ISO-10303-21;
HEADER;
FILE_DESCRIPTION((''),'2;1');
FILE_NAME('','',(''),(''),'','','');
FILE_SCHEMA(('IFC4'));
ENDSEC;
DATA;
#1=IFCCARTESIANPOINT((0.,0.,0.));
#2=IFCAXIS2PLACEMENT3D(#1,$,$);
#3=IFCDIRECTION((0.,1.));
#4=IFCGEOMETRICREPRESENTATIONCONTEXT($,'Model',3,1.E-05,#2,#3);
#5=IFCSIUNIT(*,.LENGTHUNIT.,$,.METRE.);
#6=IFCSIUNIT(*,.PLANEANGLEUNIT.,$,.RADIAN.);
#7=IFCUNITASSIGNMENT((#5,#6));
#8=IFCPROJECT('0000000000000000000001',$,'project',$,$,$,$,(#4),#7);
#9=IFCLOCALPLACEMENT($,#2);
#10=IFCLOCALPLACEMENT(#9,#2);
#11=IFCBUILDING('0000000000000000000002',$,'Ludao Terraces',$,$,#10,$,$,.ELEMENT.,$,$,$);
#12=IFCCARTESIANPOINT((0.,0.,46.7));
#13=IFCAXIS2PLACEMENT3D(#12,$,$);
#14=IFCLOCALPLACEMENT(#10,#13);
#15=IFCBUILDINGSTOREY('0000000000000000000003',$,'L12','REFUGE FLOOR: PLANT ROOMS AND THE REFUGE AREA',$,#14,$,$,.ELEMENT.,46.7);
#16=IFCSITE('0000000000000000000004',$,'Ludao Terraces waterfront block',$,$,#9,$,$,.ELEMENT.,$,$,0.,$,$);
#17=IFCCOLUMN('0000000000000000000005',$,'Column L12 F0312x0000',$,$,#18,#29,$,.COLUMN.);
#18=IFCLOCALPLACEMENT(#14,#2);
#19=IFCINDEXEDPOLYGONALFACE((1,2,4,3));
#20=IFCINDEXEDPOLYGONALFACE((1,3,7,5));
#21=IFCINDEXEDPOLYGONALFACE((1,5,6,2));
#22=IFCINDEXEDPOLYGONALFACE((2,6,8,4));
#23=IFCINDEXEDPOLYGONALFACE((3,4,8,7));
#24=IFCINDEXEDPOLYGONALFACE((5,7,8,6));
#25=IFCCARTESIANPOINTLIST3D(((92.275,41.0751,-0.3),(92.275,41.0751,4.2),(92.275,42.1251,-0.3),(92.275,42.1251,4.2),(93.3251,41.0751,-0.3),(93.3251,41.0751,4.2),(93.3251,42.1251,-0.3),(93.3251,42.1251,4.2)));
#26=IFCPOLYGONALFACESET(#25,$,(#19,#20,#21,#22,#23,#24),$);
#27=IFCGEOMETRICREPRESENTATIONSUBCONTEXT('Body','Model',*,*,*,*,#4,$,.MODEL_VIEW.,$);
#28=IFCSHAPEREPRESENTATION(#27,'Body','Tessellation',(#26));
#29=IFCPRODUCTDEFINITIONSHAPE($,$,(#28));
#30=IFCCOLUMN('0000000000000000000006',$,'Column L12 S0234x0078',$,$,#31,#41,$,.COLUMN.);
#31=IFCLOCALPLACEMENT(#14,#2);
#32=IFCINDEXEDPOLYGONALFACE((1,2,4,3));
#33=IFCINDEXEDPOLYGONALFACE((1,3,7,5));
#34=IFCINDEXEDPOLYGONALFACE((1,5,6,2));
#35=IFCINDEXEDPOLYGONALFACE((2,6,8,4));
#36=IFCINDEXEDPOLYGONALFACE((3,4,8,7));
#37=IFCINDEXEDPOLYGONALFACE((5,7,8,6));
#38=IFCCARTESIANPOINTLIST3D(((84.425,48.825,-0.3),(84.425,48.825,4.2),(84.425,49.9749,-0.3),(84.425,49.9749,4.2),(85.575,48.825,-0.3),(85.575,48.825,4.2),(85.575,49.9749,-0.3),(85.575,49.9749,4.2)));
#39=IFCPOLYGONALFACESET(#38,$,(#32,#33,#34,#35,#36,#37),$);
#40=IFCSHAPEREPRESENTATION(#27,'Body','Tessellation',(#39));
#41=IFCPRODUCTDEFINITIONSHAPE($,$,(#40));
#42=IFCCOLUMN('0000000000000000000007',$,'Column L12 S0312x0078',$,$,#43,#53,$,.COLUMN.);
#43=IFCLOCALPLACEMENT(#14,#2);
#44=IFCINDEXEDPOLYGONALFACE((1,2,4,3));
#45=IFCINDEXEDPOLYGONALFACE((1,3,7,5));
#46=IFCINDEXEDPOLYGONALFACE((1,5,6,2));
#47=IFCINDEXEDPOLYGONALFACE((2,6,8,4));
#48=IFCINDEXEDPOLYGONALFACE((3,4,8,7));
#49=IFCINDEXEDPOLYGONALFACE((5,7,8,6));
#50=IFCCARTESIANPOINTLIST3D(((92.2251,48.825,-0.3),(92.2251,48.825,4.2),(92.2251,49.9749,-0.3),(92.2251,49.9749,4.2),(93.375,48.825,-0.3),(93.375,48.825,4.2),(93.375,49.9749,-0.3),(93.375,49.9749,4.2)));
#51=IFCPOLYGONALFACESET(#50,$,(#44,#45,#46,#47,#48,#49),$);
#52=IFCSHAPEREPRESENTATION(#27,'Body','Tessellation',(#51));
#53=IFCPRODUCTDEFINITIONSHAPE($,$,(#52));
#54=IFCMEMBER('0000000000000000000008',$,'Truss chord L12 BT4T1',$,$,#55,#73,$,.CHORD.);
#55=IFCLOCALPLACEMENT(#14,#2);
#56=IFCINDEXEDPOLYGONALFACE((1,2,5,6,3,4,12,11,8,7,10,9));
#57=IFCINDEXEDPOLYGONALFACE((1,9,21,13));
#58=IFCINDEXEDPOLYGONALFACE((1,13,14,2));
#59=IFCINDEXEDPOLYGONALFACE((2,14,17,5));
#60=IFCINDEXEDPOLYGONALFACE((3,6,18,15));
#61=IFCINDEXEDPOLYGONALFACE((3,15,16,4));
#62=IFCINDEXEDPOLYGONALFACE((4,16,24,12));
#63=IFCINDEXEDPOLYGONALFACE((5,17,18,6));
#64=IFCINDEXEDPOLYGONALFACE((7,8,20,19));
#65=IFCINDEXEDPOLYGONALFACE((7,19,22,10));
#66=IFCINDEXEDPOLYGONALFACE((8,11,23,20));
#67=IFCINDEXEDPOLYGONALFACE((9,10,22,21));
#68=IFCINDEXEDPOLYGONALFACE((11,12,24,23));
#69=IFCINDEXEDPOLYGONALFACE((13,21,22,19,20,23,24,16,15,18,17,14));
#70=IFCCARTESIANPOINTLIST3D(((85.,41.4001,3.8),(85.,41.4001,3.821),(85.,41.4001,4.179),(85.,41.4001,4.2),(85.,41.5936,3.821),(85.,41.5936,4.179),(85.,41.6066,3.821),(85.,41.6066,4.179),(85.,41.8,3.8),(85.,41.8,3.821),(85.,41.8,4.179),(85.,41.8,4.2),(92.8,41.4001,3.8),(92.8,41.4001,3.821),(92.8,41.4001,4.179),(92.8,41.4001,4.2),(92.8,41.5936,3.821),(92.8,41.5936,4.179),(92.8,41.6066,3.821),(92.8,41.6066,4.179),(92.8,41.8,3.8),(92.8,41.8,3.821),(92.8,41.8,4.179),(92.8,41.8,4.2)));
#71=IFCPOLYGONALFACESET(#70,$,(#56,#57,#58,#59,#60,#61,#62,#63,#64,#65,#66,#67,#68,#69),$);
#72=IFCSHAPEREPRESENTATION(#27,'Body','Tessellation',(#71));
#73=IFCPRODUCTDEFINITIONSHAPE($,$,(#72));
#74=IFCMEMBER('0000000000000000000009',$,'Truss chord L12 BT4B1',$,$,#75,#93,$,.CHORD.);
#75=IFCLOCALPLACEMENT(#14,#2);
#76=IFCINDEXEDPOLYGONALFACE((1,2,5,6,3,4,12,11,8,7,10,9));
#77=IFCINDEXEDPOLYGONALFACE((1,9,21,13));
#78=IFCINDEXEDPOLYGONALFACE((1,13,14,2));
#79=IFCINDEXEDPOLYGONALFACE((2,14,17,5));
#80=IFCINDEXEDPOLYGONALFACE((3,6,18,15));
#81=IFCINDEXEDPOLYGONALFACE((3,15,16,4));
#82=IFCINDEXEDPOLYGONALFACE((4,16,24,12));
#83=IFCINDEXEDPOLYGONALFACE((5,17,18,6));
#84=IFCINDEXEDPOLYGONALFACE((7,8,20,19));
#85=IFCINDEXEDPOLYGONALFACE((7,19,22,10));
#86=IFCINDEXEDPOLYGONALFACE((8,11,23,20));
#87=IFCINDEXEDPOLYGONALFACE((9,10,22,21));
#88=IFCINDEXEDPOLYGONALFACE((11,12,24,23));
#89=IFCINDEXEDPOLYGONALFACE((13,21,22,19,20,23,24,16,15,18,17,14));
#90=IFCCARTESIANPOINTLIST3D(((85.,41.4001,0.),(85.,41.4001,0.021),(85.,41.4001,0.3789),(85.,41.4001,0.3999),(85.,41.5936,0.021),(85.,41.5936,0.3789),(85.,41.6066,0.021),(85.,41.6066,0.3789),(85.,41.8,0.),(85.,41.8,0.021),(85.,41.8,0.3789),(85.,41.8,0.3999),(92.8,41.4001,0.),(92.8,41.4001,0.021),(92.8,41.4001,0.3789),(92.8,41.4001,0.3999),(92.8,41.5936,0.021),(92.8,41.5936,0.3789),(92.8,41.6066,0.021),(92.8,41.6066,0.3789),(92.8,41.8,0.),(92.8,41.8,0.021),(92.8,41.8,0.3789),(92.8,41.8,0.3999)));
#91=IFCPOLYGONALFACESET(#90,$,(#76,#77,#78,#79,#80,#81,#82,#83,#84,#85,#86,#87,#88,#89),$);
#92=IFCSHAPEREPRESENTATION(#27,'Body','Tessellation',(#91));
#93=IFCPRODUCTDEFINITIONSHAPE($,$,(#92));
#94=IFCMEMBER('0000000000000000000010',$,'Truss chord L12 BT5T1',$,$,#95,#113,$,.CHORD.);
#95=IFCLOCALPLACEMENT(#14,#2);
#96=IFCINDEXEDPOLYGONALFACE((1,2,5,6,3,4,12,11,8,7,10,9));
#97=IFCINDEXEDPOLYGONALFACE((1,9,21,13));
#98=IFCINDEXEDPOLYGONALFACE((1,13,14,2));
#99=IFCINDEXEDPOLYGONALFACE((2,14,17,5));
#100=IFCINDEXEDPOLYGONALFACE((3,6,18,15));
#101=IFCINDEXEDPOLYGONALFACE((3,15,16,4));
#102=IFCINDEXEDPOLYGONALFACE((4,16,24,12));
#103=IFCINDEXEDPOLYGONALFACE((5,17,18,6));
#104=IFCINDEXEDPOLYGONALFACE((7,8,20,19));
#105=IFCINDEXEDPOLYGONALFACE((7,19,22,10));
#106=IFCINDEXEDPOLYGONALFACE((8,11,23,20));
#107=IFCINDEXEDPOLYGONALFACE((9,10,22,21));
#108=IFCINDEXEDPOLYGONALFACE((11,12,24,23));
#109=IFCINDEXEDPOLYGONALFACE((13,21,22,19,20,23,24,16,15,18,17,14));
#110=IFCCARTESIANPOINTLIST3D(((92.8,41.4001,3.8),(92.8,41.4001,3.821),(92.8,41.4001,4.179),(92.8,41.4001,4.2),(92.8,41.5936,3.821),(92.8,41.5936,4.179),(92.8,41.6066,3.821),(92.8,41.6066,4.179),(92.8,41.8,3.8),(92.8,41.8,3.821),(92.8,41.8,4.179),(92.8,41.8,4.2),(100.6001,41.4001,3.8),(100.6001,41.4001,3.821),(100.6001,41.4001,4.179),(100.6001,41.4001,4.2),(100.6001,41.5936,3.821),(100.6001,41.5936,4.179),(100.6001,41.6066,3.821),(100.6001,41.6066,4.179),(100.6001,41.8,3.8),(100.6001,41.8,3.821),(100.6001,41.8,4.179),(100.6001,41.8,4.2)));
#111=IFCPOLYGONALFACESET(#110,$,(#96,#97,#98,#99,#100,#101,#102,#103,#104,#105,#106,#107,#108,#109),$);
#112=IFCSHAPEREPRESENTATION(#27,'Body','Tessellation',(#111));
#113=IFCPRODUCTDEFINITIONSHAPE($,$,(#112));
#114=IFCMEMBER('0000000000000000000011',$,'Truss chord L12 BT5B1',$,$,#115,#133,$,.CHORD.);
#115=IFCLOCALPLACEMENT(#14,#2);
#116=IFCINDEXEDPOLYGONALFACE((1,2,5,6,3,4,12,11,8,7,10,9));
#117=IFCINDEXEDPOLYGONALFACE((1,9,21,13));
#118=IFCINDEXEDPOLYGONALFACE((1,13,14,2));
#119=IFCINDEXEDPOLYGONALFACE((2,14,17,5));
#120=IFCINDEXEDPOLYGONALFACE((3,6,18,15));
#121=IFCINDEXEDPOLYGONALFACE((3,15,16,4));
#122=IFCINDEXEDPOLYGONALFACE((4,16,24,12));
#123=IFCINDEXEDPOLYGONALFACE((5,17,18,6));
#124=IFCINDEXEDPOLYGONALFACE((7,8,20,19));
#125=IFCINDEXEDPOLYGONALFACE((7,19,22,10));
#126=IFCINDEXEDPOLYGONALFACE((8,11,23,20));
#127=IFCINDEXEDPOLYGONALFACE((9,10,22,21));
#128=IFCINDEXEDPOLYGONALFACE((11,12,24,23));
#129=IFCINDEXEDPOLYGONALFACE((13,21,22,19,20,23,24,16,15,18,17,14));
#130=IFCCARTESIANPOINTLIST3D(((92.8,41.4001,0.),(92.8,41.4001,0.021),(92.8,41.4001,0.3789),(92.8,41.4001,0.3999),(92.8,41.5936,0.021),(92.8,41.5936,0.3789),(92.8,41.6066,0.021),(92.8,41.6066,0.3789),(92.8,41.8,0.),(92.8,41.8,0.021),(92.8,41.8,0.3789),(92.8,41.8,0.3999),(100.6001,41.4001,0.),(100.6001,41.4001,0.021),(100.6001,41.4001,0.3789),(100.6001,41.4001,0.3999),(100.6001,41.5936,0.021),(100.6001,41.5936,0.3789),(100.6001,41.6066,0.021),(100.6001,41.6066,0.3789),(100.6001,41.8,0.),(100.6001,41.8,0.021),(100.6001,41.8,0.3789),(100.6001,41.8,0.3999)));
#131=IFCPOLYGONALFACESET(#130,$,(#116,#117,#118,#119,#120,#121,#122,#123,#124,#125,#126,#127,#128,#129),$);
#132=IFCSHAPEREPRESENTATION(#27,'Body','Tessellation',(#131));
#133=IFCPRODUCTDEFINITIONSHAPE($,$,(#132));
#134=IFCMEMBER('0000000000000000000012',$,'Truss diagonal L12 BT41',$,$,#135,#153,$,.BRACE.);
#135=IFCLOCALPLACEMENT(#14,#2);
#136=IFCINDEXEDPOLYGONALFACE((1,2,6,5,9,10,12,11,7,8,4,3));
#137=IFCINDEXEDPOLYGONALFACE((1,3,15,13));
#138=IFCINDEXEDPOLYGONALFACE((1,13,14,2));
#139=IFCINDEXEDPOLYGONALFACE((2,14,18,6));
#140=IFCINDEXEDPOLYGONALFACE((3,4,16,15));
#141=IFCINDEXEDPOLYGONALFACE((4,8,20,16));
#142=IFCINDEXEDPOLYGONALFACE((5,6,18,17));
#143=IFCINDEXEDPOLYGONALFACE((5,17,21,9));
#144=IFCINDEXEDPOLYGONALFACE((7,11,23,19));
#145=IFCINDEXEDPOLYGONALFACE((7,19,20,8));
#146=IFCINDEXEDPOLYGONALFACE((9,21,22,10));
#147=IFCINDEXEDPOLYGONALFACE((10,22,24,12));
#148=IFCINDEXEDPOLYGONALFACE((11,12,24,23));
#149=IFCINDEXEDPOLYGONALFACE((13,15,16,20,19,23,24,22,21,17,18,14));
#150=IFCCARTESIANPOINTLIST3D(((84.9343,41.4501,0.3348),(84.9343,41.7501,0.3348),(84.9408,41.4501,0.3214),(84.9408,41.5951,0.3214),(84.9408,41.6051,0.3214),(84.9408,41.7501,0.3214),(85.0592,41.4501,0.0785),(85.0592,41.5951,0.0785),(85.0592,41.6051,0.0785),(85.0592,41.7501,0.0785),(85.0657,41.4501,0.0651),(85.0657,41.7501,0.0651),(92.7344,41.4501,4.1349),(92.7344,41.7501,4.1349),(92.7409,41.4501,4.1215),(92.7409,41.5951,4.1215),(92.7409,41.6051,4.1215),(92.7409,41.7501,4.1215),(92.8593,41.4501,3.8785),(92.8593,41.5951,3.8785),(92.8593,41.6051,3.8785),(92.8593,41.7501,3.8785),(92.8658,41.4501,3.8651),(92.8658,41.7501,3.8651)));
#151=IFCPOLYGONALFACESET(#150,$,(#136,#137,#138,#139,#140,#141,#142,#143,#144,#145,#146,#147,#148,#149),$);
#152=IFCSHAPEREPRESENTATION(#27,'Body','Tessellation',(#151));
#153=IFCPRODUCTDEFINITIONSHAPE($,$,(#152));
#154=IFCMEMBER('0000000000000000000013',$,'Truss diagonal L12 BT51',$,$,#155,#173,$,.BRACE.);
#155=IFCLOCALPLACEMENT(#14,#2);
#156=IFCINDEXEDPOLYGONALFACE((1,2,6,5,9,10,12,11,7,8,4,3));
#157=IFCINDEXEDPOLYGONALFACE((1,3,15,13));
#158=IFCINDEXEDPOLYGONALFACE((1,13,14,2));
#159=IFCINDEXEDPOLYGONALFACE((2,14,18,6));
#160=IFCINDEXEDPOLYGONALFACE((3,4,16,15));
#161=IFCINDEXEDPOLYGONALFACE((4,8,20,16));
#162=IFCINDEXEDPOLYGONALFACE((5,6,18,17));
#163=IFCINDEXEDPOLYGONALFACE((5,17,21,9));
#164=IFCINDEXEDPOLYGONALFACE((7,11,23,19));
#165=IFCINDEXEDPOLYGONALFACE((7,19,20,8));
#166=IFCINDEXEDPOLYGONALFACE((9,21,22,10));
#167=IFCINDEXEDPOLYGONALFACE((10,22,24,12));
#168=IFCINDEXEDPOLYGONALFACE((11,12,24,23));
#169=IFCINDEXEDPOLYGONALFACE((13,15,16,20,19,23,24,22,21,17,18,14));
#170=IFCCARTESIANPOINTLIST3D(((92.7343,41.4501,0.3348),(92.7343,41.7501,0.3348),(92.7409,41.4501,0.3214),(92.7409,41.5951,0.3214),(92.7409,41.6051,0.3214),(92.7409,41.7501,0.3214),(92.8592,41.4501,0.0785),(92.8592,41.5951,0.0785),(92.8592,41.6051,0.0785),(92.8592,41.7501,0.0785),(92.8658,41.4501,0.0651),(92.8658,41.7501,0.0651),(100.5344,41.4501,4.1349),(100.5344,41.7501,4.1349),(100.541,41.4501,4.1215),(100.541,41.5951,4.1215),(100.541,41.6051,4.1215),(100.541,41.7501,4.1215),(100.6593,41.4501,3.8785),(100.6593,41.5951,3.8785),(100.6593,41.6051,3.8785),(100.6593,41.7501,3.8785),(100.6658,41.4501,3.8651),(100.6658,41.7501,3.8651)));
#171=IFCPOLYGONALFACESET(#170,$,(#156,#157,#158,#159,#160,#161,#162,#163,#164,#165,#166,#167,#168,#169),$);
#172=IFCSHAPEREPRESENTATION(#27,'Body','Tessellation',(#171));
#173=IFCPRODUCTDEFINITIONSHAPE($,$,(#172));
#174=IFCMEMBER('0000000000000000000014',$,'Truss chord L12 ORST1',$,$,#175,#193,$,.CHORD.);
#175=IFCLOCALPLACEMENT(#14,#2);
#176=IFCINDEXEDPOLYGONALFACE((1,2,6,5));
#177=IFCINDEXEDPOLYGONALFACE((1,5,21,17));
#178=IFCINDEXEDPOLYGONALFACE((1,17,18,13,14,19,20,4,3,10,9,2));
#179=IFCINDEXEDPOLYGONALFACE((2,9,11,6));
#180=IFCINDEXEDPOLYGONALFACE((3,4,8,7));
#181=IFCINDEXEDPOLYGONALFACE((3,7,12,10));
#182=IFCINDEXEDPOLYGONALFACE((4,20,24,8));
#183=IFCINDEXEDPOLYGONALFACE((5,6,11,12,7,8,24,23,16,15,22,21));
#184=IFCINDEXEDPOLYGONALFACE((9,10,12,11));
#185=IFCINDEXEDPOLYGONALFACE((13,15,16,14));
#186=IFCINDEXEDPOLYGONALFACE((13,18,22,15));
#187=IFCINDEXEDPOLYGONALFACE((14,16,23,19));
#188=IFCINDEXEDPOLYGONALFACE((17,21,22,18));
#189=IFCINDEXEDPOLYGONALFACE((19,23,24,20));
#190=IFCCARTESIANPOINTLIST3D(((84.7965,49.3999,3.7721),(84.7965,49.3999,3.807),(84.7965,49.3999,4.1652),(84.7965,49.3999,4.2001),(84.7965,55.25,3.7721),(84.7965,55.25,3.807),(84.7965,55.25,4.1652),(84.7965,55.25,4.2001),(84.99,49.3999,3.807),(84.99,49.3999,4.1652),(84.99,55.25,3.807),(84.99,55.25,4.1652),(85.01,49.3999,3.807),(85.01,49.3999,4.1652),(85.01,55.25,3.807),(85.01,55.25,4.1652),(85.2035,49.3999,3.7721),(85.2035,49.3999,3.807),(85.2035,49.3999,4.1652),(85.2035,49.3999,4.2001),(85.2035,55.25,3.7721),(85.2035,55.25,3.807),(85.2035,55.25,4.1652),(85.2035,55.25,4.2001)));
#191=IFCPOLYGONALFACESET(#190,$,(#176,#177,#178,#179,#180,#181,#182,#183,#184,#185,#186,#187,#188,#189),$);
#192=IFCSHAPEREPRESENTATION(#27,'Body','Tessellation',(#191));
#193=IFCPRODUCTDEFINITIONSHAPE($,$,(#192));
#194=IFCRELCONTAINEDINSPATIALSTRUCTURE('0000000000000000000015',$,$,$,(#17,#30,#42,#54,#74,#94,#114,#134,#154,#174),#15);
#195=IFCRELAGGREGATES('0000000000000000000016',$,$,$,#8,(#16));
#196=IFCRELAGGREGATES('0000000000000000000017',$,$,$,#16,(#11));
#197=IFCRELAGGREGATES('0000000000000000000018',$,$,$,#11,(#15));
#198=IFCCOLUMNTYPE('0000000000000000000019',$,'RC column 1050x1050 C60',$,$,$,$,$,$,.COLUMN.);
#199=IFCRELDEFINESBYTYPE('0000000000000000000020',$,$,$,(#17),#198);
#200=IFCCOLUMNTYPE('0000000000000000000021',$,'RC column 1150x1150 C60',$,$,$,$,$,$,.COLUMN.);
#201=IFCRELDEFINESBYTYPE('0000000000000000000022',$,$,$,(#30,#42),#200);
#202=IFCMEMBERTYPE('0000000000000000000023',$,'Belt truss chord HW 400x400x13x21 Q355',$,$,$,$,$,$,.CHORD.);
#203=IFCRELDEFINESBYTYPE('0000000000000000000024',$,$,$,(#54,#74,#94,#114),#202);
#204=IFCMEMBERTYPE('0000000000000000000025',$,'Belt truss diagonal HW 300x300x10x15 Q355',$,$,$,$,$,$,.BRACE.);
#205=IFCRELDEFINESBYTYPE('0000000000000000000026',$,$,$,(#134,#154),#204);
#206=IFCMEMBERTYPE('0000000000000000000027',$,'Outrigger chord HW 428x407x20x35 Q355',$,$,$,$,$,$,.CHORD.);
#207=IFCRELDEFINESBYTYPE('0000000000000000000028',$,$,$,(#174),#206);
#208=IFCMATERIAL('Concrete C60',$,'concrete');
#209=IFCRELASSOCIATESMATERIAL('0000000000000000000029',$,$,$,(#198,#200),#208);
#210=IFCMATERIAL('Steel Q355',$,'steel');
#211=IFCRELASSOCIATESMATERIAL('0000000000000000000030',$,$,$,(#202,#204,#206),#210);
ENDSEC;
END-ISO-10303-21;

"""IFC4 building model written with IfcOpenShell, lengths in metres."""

from ifc_helpers import new_model, si_unit, direction, frame, origin, origin_2d, place, context, subcontext, project, spatial, rectangle, i_section, extrude, material, material_profile, profile_set, type_object, element, save


model = new_model("IFC4")

# Units and contexts
model_context = context("Model", 3, precision=1e-05, world=origin(), true_north=direction((0.0, 1.0)))
body_context = subcontext(model_context, "Body", "Model", "MODEL_VIEW")
ifc_project = project(units=[si_unit("LENGTHUNIT", "METRE"), si_unit("PLANEANGLEUNIT", "RADIAN")], contexts=[model_context])

# Site, building, storey
site_placement = place(None, origin())
site = spatial("IfcSite", under=ifc_project, at=site_placement, Name="Ludao Terraces waterfront block", CompositionType="ELEMENT", RefElevation=0.0)
building_placement = place(site_placement, origin())
building = spatial("IfcBuilding", under=site, at=building_placement, Name="Ludao Terraces", CompositionType="ELEMENT")
storey_placement = place(building_placement, frame((0.0, 0.0, 46.7)))
storey = spatial("IfcBuildingStorey", under=building, at=storey_placement, Name="L12", Description="REFUGE FLOOR: PLANT ROOMS AND THE REFUGE AREA", CompositionType="ELEMENT", Elevation=46.7)

# Columns
ifc_material_1 = material(Name="Concrete C60", Category="concrete")
ifc_material_profile_1 = material_profile(ifc_material_1, rectangle(XDim=1.05, YDim=1.05, at=origin_2d()), Name="1050 X 1050")
ifc_profile_set_1 = profile_set([ifc_material_profile_1], Name="Concrete C60")
column_type_1 = type_object("IfcColumnType", Name="RC column 1050x1050 C60", PredefinedType="COLUMN", material=ifc_profile_set_1)
column_placement = place(storey_placement, frame((92.8, 41.6001, -0.3), z_axis=(0.0, 0.0, 1.0), x_axis=(1.0, 0.0, 0.0)))
element("IfcColumn", 1, at=column_placement, inside=storey, type_object=column_type_1, Name="Column L12 F0312x0000", PredefinedType="COLUMN", context=body_context, shape_type="SweptSolid", body=[
    extrude(rectangle(XDim=1.05, YDim=1.05, at=origin_2d()), origin(), (0.0, 0.0, 1.0), 4.5),
])
ifc_material_profile_2 = material_profile(ifc_material_1, rectangle(XDim=1.1499, YDim=1.1499, at=origin_2d()), Name="1150 X 1150")
ifc_profile_set_2 = profile_set([ifc_material_profile_2], Name="Concrete C60")
column_type_2 = type_object("IfcColumnType", Name="RC column 1150x1150 C60", PredefinedType="COLUMN", material=ifc_profile_set_2)
for number, where, z_axis, x_axis, name in (
    (2, (85.0, 49.3999, -0.3), (0.0, 0.0, 1.0), (1.0, 0.0, 0.0), "Column L12 S0234x0078"),
    (3, (92.8, 49.3999, -0.3), (0.0, 0.0, 1.0), (1.0, 0.0, 0.0), "Column L12 S0312x0078"),
):
    element("IfcColumn", number, at=place(storey_placement, frame(where, z_axis=z_axis, x_axis=x_axis)), inside=storey, type_object=column_type_2, Name=name, PredefinedType="COLUMN", context=body_context, shape_type="SweptSolid", body=[
        extrude(rectangle(XDim=1.1499, YDim=1.1499, at=origin_2d()), origin(), (0.0, 0.0, 1.0), 4.5),
    ])

# Members
ifc_material_2 = material(Name="Steel Q355", Category="steel")
ifc_material_profile_3 = material_profile(ifc_material_2, i_section(OverallWidth=0.3999, OverallDepth=0.3999, WebThickness=0.0129, FlangeThickness=0.021, at=origin_2d()), Name="HW 400X400X13X21")
ifc_profile_set_3 = profile_set([ifc_material_profile_3], Name="Steel Q355")
member_type_1 = type_object("IfcMemberType", Name="Belt truss chord HW 400x400x13x21 Q355", PredefinedType="CHORD", material=ifc_profile_set_3)
for number, where, z_axis, x_axis, name in (
    (4, (85.0, 41.6001, 4.0), (1.0, 0.0, 0.0), (0.0, 1.0, 0.0), "Truss chord L12 BT4T1"),
    (5, (85.0, 41.6001, 0.2), (1.0, 0.0, 0.0), (0.0, 1.0, 0.0), "Truss chord L12 BT4B1"),
    (6, (92.8, 41.6001, 4.0), (1.0, 0.0, 0.0), (0.0, 1.0, 0.0), "Truss chord L12 BT5T1"),
    (7, (92.8, 41.6001, 0.2), (1.0, 0.0, 0.0), (0.0, 1.0, 0.0), "Truss chord L12 BT5B1"),
):
    element("IfcMember", number, at=place(storey_placement, frame(where, z_axis=z_axis, x_axis=x_axis)), inside=storey, type_object=member_type_1, Name=name, PredefinedType="CHORD", context=body_context, shape_type="SweptSolid", body=[
        extrude(i_section(OverallWidth=0.3999, OverallDepth=0.3999, WebThickness=0.0129, FlangeThickness=0.021, at=origin_2d()), origin(), (0.0, 0.0, 1.0), 7.8),
    ])
ifc_material_profile_4 = material_profile(ifc_material_2, i_section(OverallWidth=0.3, OverallDepth=0.3, WebThickness=0.01, FlangeThickness=0.0149, at=origin_2d()), Name="HW 300X300X10X15")
ifc_profile_set_4 = profile_set([ifc_material_profile_4], Name="Steel Q355")
member_type_2 = type_object("IfcMemberType", Name="Belt truss diagonal HW 300x300x10x15 Q355", PredefinedType="BRACE", material=ifc_profile_set_4)
for number, where, z_axis, x_axis, name in (
    (8, (85.0, 41.6001, 0.2), (0.898989, 0.0, 0.437972), (0.0, 1.0, 0.0), "Truss diagonal L12 BT41"),
    (9, (92.8, 41.6001, 0.2), (0.898989, 0.0, 0.437972), (0.0, 1.0, 0.0), "Truss diagonal L12 BT51"),
):
    element("IfcMember", number, at=place(storey_placement, frame(where, z_axis=z_axis, x_axis=x_axis)), inside=storey, type_object=member_type_2, Name=name, PredefinedType="BRACE", context=body_context, shape_type="SweptSolid", body=[
        extrude(i_section(OverallWidth=0.3, OverallDepth=0.3, WebThickness=0.01, FlangeThickness=0.0149, at=origin_2d()), origin(), (0.0, 0.0, 1.0), 8.6765),
    ])
ifc_material_profile_5 = material_profile(ifc_material_2, i_section(OverallWidth=0.407, OverallDepth=0.428, WebThickness=0.02, FlangeThickness=0.0349, at=origin_2d()), Name="HW 428X407X20X35")
ifc_profile_set_5 = profile_set([ifc_material_profile_5], Name="Steel Q355")
member_type_3 = type_object("IfcMemberType", Name="Outrigger chord HW 428x407x20x35 Q355", PredefinedType="CHORD", material=ifc_profile_set_5)
for number, where, z_axis, x_axis, name in (
    (10, (85.0, 55.25, 3.9861), (0.0, -1.0, 0.0), (1.0, 0.0, 0.0), "Truss chord L12 ORST1"),
):
    element("IfcMember", number, at=place(storey_placement, frame(where, z_axis=z_axis, x_axis=x_axis)), inside=storey, type_object=member_type_3, Name=name, PredefinedType="CHORD", context=body_context, shape_type="SweptSolid", body=[
        extrude(i_section(OverallWidth=0.407, OverallDepth=0.428, WebThickness=0.02, FlangeThickness=0.0349, at=origin_2d()), origin(), (0.0, 0.0, 1.0), 5.8501),
    ])

save(model, "model.ifc")
